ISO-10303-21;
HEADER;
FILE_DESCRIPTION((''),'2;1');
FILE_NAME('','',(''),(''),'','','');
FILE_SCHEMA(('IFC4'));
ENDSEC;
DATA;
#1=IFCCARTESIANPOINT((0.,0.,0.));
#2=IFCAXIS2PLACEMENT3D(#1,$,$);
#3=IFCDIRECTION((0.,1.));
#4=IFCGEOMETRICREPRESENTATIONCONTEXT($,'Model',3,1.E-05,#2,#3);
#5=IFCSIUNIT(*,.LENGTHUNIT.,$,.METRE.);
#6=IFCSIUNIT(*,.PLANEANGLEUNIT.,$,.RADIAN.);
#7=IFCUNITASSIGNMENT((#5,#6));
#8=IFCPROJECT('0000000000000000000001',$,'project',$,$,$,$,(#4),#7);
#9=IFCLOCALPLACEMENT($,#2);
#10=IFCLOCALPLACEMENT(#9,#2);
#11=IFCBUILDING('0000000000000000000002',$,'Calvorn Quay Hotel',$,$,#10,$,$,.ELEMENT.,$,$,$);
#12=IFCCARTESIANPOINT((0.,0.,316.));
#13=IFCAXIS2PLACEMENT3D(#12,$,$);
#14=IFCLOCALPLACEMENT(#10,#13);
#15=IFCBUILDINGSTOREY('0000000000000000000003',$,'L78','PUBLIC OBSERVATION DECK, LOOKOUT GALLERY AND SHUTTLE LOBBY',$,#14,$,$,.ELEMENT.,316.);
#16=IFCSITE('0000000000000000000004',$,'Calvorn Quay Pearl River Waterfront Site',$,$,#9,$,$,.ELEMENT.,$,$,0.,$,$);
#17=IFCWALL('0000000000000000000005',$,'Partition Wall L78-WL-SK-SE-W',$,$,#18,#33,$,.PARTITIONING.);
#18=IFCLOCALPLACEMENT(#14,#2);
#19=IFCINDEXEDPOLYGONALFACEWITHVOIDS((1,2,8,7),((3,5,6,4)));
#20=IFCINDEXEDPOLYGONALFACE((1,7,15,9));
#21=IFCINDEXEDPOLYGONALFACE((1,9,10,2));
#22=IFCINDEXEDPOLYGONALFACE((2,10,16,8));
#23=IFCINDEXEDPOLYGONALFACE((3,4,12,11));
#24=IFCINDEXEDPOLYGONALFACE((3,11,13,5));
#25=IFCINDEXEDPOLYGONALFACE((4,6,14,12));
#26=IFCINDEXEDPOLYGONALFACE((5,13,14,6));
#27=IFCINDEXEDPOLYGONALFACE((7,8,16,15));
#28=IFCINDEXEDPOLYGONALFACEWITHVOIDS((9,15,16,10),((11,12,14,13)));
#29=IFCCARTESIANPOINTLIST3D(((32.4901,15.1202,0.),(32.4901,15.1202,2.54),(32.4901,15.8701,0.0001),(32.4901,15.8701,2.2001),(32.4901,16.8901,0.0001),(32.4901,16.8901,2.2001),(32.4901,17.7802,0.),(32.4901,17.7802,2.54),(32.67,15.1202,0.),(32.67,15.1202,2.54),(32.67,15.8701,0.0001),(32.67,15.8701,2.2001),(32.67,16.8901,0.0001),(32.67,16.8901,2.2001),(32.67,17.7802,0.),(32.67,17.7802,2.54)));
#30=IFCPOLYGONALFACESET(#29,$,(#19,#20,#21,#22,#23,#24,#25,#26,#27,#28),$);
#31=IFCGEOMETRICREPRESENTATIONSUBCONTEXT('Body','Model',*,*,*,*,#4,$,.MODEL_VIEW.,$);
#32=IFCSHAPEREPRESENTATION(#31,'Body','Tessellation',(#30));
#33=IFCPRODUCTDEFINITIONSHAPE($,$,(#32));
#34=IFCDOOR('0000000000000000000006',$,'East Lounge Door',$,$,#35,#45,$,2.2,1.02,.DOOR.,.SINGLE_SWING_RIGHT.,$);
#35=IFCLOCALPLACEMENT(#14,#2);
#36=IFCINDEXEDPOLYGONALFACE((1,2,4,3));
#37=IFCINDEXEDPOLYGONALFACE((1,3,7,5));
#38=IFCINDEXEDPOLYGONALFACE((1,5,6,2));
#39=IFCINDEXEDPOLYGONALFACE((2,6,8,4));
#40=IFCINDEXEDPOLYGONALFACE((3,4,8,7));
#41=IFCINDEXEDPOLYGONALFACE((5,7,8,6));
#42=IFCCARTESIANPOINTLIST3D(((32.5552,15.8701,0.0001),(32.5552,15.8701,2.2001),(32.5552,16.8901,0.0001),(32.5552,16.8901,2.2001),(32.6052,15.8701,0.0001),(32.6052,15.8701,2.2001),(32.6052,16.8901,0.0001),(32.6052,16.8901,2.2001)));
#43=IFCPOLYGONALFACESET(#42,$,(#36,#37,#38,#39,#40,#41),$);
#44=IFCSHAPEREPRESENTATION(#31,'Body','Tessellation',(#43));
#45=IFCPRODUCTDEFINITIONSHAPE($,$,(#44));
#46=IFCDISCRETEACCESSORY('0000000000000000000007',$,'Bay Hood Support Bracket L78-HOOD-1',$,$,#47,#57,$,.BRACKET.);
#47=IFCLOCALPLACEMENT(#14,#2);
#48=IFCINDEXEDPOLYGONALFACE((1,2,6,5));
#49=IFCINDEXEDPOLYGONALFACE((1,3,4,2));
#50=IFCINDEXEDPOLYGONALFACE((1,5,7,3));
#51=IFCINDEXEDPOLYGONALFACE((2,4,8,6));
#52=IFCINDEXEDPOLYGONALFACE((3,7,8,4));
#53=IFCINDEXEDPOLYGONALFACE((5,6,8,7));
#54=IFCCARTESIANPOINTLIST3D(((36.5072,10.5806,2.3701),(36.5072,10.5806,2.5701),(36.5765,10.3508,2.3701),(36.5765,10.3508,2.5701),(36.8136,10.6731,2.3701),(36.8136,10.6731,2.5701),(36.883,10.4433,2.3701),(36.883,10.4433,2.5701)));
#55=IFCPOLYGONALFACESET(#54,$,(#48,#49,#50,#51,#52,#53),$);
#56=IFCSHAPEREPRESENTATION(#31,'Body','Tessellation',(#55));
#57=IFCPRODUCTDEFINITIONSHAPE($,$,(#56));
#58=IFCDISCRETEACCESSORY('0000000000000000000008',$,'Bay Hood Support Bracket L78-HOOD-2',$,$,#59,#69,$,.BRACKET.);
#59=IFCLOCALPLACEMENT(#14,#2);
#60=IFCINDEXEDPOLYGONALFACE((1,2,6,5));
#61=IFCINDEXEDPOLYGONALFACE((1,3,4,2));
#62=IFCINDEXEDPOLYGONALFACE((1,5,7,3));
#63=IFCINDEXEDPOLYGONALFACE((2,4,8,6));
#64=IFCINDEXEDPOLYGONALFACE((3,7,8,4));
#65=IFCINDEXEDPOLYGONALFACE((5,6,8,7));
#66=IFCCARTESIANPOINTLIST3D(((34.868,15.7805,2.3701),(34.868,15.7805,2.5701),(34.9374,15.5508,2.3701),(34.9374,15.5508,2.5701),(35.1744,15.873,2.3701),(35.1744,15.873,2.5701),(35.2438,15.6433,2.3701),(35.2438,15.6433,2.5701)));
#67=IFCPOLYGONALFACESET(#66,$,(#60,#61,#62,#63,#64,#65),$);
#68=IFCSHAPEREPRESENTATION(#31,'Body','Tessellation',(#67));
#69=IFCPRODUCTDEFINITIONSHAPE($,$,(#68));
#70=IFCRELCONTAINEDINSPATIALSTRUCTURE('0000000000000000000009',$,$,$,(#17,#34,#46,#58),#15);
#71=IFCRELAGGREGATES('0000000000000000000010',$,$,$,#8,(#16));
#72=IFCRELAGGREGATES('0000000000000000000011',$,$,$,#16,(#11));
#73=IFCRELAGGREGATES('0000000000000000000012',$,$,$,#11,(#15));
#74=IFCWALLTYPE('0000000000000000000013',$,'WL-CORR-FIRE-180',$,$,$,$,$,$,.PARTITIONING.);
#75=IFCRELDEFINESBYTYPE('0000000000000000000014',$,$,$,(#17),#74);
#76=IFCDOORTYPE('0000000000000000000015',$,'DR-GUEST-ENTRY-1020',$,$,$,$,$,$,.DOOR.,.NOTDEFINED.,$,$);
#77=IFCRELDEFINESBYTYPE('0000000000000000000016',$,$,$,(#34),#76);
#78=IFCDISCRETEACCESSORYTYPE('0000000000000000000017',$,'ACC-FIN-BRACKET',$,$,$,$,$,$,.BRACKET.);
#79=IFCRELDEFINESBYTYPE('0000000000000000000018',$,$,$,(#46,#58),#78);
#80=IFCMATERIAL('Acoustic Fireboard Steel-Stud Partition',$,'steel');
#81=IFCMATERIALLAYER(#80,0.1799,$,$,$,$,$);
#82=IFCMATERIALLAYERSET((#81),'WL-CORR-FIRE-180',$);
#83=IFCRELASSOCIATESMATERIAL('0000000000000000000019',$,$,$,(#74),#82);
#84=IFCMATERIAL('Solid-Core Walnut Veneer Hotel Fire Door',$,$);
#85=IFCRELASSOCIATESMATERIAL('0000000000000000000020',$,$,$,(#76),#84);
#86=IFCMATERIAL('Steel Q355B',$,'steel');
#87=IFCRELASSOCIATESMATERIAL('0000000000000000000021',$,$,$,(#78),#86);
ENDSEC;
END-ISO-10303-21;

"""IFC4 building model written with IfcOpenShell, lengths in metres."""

from ifc_helpers import new_model, si_unit, direction, frame, frame_2d, origin, origin_2d, place, context, subcontext, project, spatial, rectangle, extrude, material, layer, layer_set, type_object, element, fill, save


model = new_model("IFC4")

# Units and contexts
model_context = context("Model", 3, precision=1e-05, world=origin(), true_north=direction((0.0, 1.0)))
body_context = subcontext(model_context, "Body", "Model", "MODEL_VIEW")
ifc_project = project(units=[si_unit("LENGTHUNIT", "METRE"), si_unit("PLANEANGLEUNIT", "RADIAN")], contexts=[model_context])

# Site, building, storey
site_placement = place(None, origin())
site = spatial("IfcSite", under=ifc_project, at=site_placement, Name="Calvorn Quay Pearl River Waterfront Site", CompositionType="ELEMENT", RefElevation=0.0)
building_placement = place(site_placement, origin())
building = spatial("IfcBuilding", under=site, at=building_placement, Name="Calvorn Quay Hotel", CompositionType="ELEMENT")
storey_placement = place(building_placement, frame((0.0, 0.0, 316.0)))
storey = spatial("IfcBuildingStorey", under=building, at=storey_placement, Name="L78", Description="PUBLIC OBSERVATION DECK, LOOKOUT GALLERY AND SHUTTLE LOBBY", CompositionType="ELEMENT", Elevation=316.0)

# Wall, opening, door
ifc_material_1 = material(Name="Acoustic Fireboard Steel-Stud Partition", Category="steel")
ifc_layer_1 = layer(ifc_material_1, 0.1799)
ifc_layer_set_1 = layer_set([ifc_layer_1], Name="WL-CORR-FIRE-180")
wall_type = type_object("IfcWallType", Name="WL-CORR-FIRE-180", PredefinedType="PARTITIONING", material=ifc_layer_set_1)
wall_placement = place(storey_placement, frame((32.5801, 15.1201, 0.0), z_axis=(0.0, 0.0, 1.0), x_axis=(0.0, 1.0, 0.0)))
wall = element("IfcWall", 1, at=wall_placement, inside=storey, type_object=wall_type, Name="Partition Wall L78-WL-SK-SE-W", PredefinedType="PARTITIONING", context=body_context, shape_type="SweptSolid", body=[
    extrude(rectangle(XDim=2.6599, YDim=0.1799, at=frame_2d((1.3301, 0.0))), origin(), (0.0, 0.0, 1.0), 2.54),
])
opening_placement = place(wall_placement, frame((0.75, 0.0, 0.0)))
opening = element("IfcOpeningElement", 2, at=opening_placement, cuts=wall, PredefinedType="OPENING", context=body_context, shape_type="SweptSolid", body=[
    extrude(rectangle(XDim=1.02, YDim=2.2, at=frame_2d((0.51, 1.1001))), frame((0.0, 0.0999, 0.0), z_axis=(0.0, -1.0, 0.0), x_axis=(1.0, 0.0, 0.0)), (0.0, 0.0, 1.0), 0.2),
])
ifc_material_2 = material(Name="Solid-Core Walnut Veneer Hotel Fire Door")
door_type = type_object("IfcDoorType", Name="DR-GUEST-ENTRY-1020", OperationType="NOTDEFINED", PredefinedType="DOOR", material=ifc_material_2)
door_placement = place(opening_placement, origin())
door = element("IfcDoor", 3, at=door_placement, inside=storey, type_object=door_type, Name="East Lounge Door", OperationType="SINGLE_SWING_RIGHT", OverallHeight=2.2, OverallWidth=1.02, PredefinedType="DOOR", context=body_context, shape_type="SweptSolid", body=[
    extrude(rectangle(XDim=1.02, YDim=2.2, at=frame_2d((0.51, 1.1001))), frame((0.0, 0.0249, 0.0), z_axis=(0.0, -1.0, 0.0), x_axis=(1.0, 0.0, 0.0)), (0.0, 0.0, 1.0), 0.05),
])
fill(opening, door)

# Discrete accessories
ifc_material_3 = material(Name="Steel Q355B", Category="steel")
discrete_accessory_type = type_object("IfcDiscreteAccessoryType", Name="ACC-FIN-BRACKET", PredefinedType="BRACKET", material=ifc_material_3)
for number, where, z_axis, x_axis, name in (
    (4, (36.6951, 10.512, 2.3701), (0.0, 0.0, 1.0), (0.957319, 0.289032, 0.0), "Bay Hood Support Bracket L78-HOOD-1"),
    (5, (35.0559, 15.7119, 2.3701), (0.0, 0.0, 1.0), (0.957319, 0.289032, 0.0), "Bay Hood Support Bracket L78-HOOD-2"),
):
    element("IfcDiscreteAccessory", number, at=place(storey_placement, frame(where, z_axis=z_axis, x_axis=x_axis)), inside=storey, type_object=discrete_accessory_type, Name=name, PredefinedType="BRACKET", context=body_context, shape_type="SweptSolid", body=[
        extrude(rectangle(XDim=0.3201, YDim=0.24, at=origin_2d()), origin(), (0.0, 0.0, 1.0), 0.2),
    ])

save(model, "model.ifc")
